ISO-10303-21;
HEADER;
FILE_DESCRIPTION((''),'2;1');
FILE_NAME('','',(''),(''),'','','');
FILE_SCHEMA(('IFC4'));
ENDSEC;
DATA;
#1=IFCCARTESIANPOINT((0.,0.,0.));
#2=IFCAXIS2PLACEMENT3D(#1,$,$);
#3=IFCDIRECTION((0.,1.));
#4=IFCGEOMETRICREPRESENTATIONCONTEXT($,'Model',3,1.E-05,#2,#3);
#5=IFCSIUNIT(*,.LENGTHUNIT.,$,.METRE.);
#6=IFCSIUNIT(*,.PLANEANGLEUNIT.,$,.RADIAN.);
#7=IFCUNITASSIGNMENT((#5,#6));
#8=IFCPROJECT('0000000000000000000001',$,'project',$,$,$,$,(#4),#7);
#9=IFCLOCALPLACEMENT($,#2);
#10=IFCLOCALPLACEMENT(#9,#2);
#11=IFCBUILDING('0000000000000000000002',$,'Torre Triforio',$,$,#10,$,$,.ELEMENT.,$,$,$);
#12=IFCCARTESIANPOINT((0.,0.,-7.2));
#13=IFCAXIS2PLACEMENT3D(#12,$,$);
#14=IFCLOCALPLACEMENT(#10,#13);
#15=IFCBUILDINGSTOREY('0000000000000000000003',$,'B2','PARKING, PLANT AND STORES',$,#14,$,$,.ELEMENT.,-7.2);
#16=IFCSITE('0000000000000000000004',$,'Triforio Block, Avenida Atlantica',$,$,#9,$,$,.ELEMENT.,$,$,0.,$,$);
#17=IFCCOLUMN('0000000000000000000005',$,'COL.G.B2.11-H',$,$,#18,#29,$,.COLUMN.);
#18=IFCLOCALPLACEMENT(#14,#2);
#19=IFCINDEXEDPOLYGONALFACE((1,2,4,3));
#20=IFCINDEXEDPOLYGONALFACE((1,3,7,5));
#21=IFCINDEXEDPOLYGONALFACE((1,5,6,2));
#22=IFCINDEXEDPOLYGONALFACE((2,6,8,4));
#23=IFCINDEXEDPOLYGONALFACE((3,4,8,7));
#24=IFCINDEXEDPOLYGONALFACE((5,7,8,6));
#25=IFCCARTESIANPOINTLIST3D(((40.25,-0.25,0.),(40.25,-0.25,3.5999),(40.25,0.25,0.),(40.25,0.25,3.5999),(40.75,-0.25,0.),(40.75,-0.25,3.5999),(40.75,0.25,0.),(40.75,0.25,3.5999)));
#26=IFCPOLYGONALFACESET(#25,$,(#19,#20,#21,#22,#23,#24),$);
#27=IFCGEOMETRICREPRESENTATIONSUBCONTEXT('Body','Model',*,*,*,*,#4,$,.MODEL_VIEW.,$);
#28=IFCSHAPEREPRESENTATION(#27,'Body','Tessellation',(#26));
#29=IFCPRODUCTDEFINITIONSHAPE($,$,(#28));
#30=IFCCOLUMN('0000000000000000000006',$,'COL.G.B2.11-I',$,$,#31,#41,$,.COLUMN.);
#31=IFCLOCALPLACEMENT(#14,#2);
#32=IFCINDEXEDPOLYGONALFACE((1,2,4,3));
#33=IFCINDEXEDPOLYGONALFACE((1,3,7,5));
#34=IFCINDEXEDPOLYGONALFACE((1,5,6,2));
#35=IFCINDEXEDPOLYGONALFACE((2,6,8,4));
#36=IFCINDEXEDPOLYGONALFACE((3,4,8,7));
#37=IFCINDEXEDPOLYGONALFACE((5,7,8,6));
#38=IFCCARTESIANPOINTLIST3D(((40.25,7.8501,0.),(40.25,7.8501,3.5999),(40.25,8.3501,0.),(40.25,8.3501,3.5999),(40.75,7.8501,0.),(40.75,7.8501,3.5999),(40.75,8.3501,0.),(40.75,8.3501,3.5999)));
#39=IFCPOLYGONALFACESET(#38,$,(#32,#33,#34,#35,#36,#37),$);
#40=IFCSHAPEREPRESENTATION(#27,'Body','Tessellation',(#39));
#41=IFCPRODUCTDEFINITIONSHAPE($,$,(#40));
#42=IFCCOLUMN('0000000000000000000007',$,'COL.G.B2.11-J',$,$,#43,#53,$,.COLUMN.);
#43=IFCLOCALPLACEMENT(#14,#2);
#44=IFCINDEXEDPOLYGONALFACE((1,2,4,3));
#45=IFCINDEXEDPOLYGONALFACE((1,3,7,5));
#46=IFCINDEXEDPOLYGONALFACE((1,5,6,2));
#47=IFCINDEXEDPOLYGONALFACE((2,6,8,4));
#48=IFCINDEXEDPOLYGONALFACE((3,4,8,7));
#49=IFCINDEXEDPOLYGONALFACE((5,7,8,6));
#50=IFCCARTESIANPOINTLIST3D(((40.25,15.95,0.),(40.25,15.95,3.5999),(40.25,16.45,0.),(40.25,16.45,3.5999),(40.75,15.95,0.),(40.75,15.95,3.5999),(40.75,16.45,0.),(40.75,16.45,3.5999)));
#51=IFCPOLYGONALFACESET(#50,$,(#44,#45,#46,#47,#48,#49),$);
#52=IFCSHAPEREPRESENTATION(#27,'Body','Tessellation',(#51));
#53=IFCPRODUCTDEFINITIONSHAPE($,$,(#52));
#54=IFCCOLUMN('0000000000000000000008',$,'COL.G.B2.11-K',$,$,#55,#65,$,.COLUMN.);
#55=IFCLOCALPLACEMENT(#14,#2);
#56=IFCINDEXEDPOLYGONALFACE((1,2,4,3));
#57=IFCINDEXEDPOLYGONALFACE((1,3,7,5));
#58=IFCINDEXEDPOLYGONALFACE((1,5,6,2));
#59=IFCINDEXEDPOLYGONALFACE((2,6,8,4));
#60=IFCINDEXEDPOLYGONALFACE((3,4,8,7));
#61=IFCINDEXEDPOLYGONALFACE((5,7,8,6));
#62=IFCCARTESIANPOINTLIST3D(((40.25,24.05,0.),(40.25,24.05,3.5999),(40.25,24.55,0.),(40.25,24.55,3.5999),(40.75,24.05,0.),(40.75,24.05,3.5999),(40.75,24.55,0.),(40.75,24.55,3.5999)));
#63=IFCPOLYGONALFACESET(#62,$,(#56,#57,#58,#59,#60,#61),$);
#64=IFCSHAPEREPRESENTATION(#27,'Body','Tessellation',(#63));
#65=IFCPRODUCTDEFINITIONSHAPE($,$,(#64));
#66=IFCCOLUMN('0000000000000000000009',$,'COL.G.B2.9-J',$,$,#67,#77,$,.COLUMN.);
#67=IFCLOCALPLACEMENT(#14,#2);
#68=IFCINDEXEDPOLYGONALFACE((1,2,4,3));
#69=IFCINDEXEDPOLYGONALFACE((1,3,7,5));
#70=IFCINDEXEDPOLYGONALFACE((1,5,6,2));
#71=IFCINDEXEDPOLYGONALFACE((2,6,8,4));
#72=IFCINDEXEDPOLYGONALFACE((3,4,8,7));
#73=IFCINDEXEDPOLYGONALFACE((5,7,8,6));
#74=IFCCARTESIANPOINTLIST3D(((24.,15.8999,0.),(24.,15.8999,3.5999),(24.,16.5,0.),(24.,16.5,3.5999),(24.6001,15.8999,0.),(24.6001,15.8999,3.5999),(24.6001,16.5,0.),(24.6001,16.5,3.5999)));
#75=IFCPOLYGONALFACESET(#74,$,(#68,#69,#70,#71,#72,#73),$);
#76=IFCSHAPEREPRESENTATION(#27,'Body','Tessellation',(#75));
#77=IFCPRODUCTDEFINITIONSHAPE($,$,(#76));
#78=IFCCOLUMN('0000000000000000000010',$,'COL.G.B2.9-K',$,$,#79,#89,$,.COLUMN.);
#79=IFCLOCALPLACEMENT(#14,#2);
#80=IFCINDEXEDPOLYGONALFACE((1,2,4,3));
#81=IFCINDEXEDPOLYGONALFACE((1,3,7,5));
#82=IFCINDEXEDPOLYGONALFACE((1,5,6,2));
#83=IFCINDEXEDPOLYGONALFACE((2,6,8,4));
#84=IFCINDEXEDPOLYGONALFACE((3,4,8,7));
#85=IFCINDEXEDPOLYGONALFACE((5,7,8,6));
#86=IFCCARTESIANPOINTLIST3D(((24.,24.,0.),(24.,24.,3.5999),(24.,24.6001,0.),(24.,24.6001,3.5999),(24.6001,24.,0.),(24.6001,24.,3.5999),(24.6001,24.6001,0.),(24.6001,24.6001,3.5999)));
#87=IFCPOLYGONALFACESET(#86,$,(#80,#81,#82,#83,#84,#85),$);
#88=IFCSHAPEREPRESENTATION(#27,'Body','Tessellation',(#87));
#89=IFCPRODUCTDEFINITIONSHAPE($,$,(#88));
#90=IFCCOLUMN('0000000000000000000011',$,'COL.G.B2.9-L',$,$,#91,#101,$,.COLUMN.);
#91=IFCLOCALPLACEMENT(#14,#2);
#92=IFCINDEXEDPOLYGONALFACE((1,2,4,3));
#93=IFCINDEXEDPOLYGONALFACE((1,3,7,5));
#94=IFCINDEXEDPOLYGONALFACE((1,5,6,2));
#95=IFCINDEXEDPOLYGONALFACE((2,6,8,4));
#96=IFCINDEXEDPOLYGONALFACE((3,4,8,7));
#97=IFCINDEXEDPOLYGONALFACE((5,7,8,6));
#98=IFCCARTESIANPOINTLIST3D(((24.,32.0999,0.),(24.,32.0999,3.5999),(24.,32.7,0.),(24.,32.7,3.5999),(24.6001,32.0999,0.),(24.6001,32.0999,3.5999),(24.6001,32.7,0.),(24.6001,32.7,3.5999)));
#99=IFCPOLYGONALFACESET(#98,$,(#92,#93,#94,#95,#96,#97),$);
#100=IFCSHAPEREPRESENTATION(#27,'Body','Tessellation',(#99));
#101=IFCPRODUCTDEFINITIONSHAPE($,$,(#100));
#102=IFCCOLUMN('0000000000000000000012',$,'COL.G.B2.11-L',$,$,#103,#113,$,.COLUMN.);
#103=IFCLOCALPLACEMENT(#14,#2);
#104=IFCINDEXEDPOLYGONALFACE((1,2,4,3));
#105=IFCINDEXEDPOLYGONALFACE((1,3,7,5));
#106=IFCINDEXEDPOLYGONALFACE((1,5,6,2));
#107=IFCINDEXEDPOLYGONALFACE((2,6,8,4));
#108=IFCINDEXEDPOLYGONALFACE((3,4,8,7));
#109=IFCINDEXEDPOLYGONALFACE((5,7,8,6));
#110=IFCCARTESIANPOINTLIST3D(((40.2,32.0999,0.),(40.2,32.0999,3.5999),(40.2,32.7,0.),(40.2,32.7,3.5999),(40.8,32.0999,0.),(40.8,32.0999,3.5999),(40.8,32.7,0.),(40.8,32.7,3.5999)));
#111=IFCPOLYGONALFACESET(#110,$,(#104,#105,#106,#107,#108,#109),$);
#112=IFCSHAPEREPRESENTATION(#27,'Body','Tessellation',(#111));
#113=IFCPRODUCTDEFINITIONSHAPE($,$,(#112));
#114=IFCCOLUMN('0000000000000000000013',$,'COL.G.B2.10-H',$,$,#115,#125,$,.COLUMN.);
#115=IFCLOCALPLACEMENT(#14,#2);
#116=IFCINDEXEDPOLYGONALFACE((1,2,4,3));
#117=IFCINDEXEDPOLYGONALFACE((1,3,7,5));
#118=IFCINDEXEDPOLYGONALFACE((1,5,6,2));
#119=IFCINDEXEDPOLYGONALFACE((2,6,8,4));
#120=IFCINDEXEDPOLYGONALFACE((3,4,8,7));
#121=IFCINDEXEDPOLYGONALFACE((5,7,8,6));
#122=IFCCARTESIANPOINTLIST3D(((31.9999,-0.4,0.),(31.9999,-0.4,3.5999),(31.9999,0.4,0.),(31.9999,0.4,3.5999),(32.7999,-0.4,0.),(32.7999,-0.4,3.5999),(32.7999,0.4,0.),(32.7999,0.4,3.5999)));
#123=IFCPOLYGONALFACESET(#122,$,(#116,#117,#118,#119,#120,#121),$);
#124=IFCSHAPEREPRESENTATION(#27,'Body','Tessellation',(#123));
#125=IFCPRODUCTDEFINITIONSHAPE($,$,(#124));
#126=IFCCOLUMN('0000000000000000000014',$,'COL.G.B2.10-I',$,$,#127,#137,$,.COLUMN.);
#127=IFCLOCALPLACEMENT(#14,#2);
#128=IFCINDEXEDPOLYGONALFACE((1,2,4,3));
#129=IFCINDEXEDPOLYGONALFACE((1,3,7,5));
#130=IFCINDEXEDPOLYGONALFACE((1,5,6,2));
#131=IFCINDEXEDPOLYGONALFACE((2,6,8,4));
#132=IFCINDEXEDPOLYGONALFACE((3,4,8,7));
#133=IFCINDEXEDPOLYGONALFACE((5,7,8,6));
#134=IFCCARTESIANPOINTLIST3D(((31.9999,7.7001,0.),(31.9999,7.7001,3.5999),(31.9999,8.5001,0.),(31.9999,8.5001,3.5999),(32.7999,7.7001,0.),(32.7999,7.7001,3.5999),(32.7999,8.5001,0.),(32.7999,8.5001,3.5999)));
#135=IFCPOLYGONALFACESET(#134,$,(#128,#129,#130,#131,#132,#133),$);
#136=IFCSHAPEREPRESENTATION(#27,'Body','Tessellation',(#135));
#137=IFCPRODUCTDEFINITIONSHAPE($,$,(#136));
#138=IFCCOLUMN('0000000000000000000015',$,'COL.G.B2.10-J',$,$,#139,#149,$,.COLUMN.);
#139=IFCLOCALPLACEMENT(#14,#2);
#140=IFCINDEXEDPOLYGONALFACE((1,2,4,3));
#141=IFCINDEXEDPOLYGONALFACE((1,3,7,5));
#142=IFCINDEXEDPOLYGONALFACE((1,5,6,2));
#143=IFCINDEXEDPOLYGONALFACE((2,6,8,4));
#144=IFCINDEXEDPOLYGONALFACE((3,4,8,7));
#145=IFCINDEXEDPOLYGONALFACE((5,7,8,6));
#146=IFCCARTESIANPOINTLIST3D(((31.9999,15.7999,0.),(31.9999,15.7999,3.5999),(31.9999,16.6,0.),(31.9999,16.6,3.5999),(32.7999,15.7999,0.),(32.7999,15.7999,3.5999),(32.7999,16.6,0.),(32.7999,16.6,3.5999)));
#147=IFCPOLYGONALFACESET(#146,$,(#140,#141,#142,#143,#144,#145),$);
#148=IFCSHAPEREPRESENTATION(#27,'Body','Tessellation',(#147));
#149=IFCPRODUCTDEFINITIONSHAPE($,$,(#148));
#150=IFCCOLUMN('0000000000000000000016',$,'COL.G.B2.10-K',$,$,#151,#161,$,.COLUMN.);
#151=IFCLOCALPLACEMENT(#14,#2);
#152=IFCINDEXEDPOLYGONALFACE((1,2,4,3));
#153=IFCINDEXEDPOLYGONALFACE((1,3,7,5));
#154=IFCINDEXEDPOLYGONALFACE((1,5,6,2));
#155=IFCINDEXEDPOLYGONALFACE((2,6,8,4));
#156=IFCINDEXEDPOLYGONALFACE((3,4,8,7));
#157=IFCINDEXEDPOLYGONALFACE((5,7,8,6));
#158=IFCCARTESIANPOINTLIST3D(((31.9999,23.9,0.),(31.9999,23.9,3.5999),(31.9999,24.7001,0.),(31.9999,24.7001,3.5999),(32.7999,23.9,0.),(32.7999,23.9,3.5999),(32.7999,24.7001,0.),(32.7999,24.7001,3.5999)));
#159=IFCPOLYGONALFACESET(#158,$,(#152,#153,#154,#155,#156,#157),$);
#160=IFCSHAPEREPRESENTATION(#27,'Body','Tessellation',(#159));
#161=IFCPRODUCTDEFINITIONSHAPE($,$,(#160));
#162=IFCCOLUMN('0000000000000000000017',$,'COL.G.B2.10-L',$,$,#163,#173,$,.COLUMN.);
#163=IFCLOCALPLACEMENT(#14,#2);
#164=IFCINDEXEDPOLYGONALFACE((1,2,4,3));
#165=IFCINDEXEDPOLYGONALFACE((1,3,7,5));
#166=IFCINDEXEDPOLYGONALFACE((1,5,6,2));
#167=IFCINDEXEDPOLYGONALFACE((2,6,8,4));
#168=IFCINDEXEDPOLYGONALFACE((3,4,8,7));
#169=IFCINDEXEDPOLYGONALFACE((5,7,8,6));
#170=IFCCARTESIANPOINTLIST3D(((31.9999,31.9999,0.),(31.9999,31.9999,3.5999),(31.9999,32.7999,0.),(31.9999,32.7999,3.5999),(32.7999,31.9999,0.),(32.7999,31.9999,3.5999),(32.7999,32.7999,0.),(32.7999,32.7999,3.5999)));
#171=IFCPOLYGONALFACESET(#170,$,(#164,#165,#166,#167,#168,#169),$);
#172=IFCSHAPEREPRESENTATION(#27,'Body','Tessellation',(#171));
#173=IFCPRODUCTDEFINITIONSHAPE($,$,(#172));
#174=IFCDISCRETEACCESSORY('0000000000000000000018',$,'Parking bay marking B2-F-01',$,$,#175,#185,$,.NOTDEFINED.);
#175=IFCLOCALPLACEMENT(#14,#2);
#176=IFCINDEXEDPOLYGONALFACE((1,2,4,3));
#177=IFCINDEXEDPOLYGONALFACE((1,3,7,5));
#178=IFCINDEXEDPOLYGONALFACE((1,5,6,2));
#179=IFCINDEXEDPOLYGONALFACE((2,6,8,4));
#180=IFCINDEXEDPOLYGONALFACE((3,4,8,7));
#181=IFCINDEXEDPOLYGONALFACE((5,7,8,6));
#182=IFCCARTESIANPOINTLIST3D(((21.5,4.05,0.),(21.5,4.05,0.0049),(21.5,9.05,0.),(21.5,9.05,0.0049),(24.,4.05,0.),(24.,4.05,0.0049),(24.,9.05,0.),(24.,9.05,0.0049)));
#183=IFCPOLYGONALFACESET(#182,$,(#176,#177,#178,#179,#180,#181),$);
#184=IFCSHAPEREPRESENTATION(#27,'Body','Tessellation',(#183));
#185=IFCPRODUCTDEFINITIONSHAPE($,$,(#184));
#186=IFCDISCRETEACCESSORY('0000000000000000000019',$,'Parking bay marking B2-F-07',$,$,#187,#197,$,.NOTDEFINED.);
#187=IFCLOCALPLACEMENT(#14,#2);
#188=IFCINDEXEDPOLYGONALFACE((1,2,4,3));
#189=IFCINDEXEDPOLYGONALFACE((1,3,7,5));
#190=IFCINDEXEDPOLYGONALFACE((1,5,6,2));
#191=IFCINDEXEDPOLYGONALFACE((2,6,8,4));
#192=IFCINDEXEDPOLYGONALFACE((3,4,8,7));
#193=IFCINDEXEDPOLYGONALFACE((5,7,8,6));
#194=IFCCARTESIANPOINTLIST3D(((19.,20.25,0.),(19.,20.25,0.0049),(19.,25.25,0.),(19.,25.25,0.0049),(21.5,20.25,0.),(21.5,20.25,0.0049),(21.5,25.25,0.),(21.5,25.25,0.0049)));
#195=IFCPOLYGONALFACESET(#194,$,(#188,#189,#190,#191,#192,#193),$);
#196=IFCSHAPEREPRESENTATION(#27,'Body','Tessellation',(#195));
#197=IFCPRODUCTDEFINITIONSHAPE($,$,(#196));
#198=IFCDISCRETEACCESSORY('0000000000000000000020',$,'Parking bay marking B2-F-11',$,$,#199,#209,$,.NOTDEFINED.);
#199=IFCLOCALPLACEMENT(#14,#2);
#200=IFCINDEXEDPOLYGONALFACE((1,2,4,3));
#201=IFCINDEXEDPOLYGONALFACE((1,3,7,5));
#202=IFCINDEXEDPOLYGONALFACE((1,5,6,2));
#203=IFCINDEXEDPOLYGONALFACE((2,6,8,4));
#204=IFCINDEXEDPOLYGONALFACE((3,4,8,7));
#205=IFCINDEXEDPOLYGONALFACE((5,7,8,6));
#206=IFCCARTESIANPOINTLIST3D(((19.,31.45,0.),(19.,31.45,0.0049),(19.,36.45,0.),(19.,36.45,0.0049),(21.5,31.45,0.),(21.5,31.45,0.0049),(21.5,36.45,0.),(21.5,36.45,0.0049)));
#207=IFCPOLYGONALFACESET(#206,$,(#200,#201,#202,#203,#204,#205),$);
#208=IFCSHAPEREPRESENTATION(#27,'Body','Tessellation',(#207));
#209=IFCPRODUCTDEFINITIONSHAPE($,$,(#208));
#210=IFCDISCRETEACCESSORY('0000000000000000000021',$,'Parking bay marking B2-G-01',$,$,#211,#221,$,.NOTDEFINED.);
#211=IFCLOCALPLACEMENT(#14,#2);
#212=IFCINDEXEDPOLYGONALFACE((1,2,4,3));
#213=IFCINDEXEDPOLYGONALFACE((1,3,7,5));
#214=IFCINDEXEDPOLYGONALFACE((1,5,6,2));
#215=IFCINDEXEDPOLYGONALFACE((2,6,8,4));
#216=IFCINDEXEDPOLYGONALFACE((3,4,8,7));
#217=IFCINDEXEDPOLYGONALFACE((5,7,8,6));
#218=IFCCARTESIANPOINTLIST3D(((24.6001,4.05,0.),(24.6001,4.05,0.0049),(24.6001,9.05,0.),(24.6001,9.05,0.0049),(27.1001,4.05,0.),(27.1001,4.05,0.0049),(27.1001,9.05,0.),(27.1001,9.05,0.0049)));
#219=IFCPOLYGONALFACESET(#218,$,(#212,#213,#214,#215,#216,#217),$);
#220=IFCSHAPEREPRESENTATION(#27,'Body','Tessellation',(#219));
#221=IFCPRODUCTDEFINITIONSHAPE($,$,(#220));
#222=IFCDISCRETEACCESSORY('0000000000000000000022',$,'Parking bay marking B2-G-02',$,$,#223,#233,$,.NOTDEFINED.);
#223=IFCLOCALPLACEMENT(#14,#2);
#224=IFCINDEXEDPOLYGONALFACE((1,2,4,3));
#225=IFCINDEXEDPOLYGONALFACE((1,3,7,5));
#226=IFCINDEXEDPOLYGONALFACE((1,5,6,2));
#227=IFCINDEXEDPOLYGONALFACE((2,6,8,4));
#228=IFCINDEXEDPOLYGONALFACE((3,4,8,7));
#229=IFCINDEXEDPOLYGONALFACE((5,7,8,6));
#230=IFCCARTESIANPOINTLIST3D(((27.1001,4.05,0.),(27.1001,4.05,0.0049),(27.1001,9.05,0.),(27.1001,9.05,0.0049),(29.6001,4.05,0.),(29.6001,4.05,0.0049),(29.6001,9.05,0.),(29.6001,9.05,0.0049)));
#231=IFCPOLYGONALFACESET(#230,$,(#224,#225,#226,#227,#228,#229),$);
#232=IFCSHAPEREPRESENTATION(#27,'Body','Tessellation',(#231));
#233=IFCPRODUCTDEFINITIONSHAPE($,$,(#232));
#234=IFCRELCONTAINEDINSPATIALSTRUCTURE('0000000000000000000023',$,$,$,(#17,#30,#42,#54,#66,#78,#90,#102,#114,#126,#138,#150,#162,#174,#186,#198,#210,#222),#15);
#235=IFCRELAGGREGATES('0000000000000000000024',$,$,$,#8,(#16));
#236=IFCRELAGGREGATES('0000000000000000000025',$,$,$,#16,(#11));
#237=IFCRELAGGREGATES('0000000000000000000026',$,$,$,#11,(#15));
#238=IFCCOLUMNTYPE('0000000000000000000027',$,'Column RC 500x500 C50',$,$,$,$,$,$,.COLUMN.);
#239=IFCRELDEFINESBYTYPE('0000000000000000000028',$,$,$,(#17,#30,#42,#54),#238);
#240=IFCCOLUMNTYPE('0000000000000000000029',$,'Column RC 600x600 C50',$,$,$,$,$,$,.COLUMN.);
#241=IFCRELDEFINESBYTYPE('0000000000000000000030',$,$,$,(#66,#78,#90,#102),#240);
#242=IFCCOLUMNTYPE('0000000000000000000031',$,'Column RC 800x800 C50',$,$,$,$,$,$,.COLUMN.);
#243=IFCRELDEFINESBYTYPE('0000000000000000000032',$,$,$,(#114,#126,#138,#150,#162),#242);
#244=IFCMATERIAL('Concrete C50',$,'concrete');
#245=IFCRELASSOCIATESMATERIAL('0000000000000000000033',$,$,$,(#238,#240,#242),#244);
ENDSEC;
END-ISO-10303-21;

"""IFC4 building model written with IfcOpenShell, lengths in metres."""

from ifc_helpers import new_model, si_unit, direction, frame, origin, origin_2d, place, context, subcontext, project, spatial, rectangle, extrude, material, material_profile, profile_set, type_object, element, save


model = new_model("IFC4")

# Units and contexts
model_context = context("Model", 3, precision=1e-05, world=origin(), true_north=direction((0.0, 1.0)))
body_context = subcontext(model_context, "Body", "Model", "MODEL_VIEW")
ifc_project = project(units=[si_unit("LENGTHUNIT", "METRE"), si_unit("PLANEANGLEUNIT", "RADIAN")], contexts=[model_context])

# Site, building, storey
site_placement = place(None, origin())
site = spatial("IfcSite", under=ifc_project, at=site_placement, Name="Triforio Block, Avenida Atlantica", CompositionType="ELEMENT", RefElevation=0.0)
building_placement = place(site_placement, origin())
building = spatial("IfcBuilding", under=site, at=building_placement, Name="Torre Triforio", CompositionType="ELEMENT")
storey_placement = place(building_placement, frame((0.0, 0.0, -7.2)))
storey = spatial("IfcBuildingStorey", under=building, at=storey_placement, Name="B2", Description="PARKING, PLANT AND STORES", CompositionType="ELEMENT", Elevation=-7.2)

# Columns
ifc_material = material(Name="Concrete C50", Category="concrete")
ifc_material_profile_1 = material_profile(ifc_material, rectangle(XDim=0.5, YDim=0.5, at=origin_2d()), Name="RC 500x500")
ifc_profile_set_1 = profile_set([ifc_material_profile_1], Name="Concrete C50")
column_type_1 = type_object("IfcColumnType", Name="Column RC 500x500 C50", PredefinedType="COLUMN", material=ifc_profile_set_1)
for number, where, z_axis, x_axis, name in (
    (1, (40.5, 0.0, 0.0), (0.0, 0.0, 1.0), (1.0, 0.0, 0.0), "COL.G.B2.11-H"),
    (2, (40.5, 8.1001, 0.0), (0.0, 0.0, 1.0), (1.0, 0.0, 0.0), "COL.G.B2.11-I"),
    (3, (40.5, 16.2, 0.0), (0.0, 0.0, 1.0), (1.0, 0.0, 0.0), "COL.G.B2.11-J"),
    (4, (40.5, 24.3, 0.0), (0.0, 0.0, 1.0), (1.0, 0.0, 0.0), "COL.G.B2.11-K"),
):
    element("IfcColumn", number, at=place(storey_placement, frame(where, z_axis=z_axis, x_axis=x_axis)), inside=storey, type_object=column_type_1, Name=name, PredefinedType="COLUMN", context=body_context, shape_type="SweptSolid", body=[
        extrude(rectangle(XDim=0.5, YDim=0.5, at=origin_2d()), origin(), (0.0, 0.0, 1.0), 3.5999),
    ])
ifc_material_profile_2 = material_profile(ifc_material, rectangle(XDim=0.6001, YDim=0.6001, at=origin_2d()), Name="RC 600x600")
ifc_profile_set_2 = profile_set([ifc_material_profile_2], Name="Concrete C50")
column_type_2 = type_object("IfcColumnType", Name="Column RC 600x600 C50", PredefinedType="COLUMN", material=ifc_profile_set_2)
for number, where, z_axis, x_axis, name in (
    (5, (24.3, 16.2, 0.0), (0.0, 0.0, 1.0), (1.0, 0.0, 0.0), "COL.G.B2.9-J"),
    (6, (24.3, 24.3, 0.0), (0.0, 0.0, 1.0), (1.0, 0.0, 0.0), "COL.G.B2.9-K"),
    (7, (24.3, 32.3999, 0.0), (0.0, 0.0, 1.0), (1.0, 0.0, 0.0), "COL.G.B2.9-L"),
    (8, (40.5, 32.3999, 0.0), (0.0, 0.0, 1.0), (1.0, 0.0, 0.0), "COL.G.B2.11-L"),
):
    element("IfcColumn", number, at=place(storey_placement, frame(where, z_axis=z_axis, x_axis=x_axis)), inside=storey, type_object=column_type_2, Name=name, PredefinedType="COLUMN", context=body_context, shape_type="SweptSolid", body=[
        extrude(rectangle(XDim=0.6001, YDim=0.6001, at=origin_2d()), origin(), (0.0, 0.0, 1.0), 3.5999),
    ])
ifc_material_profile_3 = material_profile(ifc_material, rectangle(XDim=0.8, YDim=0.8, at=origin_2d()), Name="RC 800x800")
ifc_profile_set_3 = profile_set([ifc_material_profile_3], Name="Concrete C50")
column_type_3 = type_object("IfcColumnType", Name="Column RC 800x800 C50", PredefinedType="COLUMN", material=ifc_profile_set_3)
for number, where, z_axis, x_axis, name in (
    (9, (32.3999, 0.0, 0.0), (0.0, 0.0, 1.0), (1.0, 0.0, 0.0), "COL.G.B2.10-H"),
    (10, (32.3999, 8.1001, 0.0), (0.0, 0.0, 1.0), (1.0, 0.0, 0.0), "COL.G.B2.10-I"),
    (11, (32.3999, 16.2, 0.0), (0.0, 0.0, 1.0), (1.0, 0.0, 0.0), "COL.G.B2.10-J"),
    (12, (32.3999, 24.3, 0.0), (0.0, 0.0, 1.0), (1.0, 0.0, 0.0), "COL.G.B2.10-K"),
    (13, (32.3999, 32.3999, 0.0), (0.0, 0.0, 1.0), (1.0, 0.0, 0.0), "COL.G.B2.10-L"),
):
    element("IfcColumn", number, at=place(storey_placement, frame(where, z_axis=z_axis, x_axis=x_axis)), inside=storey, type_object=column_type_3, Name=name, PredefinedType="COLUMN", context=body_context, shape_type="SweptSolid", body=[
        extrude(rectangle(XDim=0.8, YDim=0.8, at=origin_2d()), origin(), (0.0, 0.0, 1.0), 3.5999),
    ])

# Discrete accessories
for number, where, z_axis, x_axis, name in (
    (14, (22.75, 6.55, 0.0), (0.0, 0.0, 1.0), (1.0, 0.0, 0.0), "Parking bay marking B2-F-01"),
    (15, (20.25, 22.75, 0.0), (0.0, 0.0, 1.0), (1.0, 0.0, 0.0), "Parking bay marking B2-F-07"),
    (16, (20.25, 33.95, 0.0), (0.0, 0.0, 1.0), (1.0, 0.0, 0.0), "Parking bay marking B2-F-11"),
    (17, (25.8501, 6.55, 0.0), (0.0, 0.0, 1.0), (1.0, 0.0, 0.0), "Parking bay marking B2-G-01"),
    (18, (28.3501, 6.55, 0.0), (0.0, 0.0, 1.0), (1.0, 0.0, 0.0), "Parking bay marking B2-G-02"),
):
    element("IfcDiscreteAccessory", number, at=place(storey_placement, frame(where, z_axis=z_axis, x_axis=x_axis)), inside=storey, Name=name, PredefinedType="NOTDEFINED", context=body_context, shape_type="SweptSolid", body=[
        extrude(rectangle(XDim=2.5, YDim=5.0, at=origin_2d()), origin(), (0.0, 0.0, 1.0), 0.0049),
    ])

save(model, "model.ifc")
